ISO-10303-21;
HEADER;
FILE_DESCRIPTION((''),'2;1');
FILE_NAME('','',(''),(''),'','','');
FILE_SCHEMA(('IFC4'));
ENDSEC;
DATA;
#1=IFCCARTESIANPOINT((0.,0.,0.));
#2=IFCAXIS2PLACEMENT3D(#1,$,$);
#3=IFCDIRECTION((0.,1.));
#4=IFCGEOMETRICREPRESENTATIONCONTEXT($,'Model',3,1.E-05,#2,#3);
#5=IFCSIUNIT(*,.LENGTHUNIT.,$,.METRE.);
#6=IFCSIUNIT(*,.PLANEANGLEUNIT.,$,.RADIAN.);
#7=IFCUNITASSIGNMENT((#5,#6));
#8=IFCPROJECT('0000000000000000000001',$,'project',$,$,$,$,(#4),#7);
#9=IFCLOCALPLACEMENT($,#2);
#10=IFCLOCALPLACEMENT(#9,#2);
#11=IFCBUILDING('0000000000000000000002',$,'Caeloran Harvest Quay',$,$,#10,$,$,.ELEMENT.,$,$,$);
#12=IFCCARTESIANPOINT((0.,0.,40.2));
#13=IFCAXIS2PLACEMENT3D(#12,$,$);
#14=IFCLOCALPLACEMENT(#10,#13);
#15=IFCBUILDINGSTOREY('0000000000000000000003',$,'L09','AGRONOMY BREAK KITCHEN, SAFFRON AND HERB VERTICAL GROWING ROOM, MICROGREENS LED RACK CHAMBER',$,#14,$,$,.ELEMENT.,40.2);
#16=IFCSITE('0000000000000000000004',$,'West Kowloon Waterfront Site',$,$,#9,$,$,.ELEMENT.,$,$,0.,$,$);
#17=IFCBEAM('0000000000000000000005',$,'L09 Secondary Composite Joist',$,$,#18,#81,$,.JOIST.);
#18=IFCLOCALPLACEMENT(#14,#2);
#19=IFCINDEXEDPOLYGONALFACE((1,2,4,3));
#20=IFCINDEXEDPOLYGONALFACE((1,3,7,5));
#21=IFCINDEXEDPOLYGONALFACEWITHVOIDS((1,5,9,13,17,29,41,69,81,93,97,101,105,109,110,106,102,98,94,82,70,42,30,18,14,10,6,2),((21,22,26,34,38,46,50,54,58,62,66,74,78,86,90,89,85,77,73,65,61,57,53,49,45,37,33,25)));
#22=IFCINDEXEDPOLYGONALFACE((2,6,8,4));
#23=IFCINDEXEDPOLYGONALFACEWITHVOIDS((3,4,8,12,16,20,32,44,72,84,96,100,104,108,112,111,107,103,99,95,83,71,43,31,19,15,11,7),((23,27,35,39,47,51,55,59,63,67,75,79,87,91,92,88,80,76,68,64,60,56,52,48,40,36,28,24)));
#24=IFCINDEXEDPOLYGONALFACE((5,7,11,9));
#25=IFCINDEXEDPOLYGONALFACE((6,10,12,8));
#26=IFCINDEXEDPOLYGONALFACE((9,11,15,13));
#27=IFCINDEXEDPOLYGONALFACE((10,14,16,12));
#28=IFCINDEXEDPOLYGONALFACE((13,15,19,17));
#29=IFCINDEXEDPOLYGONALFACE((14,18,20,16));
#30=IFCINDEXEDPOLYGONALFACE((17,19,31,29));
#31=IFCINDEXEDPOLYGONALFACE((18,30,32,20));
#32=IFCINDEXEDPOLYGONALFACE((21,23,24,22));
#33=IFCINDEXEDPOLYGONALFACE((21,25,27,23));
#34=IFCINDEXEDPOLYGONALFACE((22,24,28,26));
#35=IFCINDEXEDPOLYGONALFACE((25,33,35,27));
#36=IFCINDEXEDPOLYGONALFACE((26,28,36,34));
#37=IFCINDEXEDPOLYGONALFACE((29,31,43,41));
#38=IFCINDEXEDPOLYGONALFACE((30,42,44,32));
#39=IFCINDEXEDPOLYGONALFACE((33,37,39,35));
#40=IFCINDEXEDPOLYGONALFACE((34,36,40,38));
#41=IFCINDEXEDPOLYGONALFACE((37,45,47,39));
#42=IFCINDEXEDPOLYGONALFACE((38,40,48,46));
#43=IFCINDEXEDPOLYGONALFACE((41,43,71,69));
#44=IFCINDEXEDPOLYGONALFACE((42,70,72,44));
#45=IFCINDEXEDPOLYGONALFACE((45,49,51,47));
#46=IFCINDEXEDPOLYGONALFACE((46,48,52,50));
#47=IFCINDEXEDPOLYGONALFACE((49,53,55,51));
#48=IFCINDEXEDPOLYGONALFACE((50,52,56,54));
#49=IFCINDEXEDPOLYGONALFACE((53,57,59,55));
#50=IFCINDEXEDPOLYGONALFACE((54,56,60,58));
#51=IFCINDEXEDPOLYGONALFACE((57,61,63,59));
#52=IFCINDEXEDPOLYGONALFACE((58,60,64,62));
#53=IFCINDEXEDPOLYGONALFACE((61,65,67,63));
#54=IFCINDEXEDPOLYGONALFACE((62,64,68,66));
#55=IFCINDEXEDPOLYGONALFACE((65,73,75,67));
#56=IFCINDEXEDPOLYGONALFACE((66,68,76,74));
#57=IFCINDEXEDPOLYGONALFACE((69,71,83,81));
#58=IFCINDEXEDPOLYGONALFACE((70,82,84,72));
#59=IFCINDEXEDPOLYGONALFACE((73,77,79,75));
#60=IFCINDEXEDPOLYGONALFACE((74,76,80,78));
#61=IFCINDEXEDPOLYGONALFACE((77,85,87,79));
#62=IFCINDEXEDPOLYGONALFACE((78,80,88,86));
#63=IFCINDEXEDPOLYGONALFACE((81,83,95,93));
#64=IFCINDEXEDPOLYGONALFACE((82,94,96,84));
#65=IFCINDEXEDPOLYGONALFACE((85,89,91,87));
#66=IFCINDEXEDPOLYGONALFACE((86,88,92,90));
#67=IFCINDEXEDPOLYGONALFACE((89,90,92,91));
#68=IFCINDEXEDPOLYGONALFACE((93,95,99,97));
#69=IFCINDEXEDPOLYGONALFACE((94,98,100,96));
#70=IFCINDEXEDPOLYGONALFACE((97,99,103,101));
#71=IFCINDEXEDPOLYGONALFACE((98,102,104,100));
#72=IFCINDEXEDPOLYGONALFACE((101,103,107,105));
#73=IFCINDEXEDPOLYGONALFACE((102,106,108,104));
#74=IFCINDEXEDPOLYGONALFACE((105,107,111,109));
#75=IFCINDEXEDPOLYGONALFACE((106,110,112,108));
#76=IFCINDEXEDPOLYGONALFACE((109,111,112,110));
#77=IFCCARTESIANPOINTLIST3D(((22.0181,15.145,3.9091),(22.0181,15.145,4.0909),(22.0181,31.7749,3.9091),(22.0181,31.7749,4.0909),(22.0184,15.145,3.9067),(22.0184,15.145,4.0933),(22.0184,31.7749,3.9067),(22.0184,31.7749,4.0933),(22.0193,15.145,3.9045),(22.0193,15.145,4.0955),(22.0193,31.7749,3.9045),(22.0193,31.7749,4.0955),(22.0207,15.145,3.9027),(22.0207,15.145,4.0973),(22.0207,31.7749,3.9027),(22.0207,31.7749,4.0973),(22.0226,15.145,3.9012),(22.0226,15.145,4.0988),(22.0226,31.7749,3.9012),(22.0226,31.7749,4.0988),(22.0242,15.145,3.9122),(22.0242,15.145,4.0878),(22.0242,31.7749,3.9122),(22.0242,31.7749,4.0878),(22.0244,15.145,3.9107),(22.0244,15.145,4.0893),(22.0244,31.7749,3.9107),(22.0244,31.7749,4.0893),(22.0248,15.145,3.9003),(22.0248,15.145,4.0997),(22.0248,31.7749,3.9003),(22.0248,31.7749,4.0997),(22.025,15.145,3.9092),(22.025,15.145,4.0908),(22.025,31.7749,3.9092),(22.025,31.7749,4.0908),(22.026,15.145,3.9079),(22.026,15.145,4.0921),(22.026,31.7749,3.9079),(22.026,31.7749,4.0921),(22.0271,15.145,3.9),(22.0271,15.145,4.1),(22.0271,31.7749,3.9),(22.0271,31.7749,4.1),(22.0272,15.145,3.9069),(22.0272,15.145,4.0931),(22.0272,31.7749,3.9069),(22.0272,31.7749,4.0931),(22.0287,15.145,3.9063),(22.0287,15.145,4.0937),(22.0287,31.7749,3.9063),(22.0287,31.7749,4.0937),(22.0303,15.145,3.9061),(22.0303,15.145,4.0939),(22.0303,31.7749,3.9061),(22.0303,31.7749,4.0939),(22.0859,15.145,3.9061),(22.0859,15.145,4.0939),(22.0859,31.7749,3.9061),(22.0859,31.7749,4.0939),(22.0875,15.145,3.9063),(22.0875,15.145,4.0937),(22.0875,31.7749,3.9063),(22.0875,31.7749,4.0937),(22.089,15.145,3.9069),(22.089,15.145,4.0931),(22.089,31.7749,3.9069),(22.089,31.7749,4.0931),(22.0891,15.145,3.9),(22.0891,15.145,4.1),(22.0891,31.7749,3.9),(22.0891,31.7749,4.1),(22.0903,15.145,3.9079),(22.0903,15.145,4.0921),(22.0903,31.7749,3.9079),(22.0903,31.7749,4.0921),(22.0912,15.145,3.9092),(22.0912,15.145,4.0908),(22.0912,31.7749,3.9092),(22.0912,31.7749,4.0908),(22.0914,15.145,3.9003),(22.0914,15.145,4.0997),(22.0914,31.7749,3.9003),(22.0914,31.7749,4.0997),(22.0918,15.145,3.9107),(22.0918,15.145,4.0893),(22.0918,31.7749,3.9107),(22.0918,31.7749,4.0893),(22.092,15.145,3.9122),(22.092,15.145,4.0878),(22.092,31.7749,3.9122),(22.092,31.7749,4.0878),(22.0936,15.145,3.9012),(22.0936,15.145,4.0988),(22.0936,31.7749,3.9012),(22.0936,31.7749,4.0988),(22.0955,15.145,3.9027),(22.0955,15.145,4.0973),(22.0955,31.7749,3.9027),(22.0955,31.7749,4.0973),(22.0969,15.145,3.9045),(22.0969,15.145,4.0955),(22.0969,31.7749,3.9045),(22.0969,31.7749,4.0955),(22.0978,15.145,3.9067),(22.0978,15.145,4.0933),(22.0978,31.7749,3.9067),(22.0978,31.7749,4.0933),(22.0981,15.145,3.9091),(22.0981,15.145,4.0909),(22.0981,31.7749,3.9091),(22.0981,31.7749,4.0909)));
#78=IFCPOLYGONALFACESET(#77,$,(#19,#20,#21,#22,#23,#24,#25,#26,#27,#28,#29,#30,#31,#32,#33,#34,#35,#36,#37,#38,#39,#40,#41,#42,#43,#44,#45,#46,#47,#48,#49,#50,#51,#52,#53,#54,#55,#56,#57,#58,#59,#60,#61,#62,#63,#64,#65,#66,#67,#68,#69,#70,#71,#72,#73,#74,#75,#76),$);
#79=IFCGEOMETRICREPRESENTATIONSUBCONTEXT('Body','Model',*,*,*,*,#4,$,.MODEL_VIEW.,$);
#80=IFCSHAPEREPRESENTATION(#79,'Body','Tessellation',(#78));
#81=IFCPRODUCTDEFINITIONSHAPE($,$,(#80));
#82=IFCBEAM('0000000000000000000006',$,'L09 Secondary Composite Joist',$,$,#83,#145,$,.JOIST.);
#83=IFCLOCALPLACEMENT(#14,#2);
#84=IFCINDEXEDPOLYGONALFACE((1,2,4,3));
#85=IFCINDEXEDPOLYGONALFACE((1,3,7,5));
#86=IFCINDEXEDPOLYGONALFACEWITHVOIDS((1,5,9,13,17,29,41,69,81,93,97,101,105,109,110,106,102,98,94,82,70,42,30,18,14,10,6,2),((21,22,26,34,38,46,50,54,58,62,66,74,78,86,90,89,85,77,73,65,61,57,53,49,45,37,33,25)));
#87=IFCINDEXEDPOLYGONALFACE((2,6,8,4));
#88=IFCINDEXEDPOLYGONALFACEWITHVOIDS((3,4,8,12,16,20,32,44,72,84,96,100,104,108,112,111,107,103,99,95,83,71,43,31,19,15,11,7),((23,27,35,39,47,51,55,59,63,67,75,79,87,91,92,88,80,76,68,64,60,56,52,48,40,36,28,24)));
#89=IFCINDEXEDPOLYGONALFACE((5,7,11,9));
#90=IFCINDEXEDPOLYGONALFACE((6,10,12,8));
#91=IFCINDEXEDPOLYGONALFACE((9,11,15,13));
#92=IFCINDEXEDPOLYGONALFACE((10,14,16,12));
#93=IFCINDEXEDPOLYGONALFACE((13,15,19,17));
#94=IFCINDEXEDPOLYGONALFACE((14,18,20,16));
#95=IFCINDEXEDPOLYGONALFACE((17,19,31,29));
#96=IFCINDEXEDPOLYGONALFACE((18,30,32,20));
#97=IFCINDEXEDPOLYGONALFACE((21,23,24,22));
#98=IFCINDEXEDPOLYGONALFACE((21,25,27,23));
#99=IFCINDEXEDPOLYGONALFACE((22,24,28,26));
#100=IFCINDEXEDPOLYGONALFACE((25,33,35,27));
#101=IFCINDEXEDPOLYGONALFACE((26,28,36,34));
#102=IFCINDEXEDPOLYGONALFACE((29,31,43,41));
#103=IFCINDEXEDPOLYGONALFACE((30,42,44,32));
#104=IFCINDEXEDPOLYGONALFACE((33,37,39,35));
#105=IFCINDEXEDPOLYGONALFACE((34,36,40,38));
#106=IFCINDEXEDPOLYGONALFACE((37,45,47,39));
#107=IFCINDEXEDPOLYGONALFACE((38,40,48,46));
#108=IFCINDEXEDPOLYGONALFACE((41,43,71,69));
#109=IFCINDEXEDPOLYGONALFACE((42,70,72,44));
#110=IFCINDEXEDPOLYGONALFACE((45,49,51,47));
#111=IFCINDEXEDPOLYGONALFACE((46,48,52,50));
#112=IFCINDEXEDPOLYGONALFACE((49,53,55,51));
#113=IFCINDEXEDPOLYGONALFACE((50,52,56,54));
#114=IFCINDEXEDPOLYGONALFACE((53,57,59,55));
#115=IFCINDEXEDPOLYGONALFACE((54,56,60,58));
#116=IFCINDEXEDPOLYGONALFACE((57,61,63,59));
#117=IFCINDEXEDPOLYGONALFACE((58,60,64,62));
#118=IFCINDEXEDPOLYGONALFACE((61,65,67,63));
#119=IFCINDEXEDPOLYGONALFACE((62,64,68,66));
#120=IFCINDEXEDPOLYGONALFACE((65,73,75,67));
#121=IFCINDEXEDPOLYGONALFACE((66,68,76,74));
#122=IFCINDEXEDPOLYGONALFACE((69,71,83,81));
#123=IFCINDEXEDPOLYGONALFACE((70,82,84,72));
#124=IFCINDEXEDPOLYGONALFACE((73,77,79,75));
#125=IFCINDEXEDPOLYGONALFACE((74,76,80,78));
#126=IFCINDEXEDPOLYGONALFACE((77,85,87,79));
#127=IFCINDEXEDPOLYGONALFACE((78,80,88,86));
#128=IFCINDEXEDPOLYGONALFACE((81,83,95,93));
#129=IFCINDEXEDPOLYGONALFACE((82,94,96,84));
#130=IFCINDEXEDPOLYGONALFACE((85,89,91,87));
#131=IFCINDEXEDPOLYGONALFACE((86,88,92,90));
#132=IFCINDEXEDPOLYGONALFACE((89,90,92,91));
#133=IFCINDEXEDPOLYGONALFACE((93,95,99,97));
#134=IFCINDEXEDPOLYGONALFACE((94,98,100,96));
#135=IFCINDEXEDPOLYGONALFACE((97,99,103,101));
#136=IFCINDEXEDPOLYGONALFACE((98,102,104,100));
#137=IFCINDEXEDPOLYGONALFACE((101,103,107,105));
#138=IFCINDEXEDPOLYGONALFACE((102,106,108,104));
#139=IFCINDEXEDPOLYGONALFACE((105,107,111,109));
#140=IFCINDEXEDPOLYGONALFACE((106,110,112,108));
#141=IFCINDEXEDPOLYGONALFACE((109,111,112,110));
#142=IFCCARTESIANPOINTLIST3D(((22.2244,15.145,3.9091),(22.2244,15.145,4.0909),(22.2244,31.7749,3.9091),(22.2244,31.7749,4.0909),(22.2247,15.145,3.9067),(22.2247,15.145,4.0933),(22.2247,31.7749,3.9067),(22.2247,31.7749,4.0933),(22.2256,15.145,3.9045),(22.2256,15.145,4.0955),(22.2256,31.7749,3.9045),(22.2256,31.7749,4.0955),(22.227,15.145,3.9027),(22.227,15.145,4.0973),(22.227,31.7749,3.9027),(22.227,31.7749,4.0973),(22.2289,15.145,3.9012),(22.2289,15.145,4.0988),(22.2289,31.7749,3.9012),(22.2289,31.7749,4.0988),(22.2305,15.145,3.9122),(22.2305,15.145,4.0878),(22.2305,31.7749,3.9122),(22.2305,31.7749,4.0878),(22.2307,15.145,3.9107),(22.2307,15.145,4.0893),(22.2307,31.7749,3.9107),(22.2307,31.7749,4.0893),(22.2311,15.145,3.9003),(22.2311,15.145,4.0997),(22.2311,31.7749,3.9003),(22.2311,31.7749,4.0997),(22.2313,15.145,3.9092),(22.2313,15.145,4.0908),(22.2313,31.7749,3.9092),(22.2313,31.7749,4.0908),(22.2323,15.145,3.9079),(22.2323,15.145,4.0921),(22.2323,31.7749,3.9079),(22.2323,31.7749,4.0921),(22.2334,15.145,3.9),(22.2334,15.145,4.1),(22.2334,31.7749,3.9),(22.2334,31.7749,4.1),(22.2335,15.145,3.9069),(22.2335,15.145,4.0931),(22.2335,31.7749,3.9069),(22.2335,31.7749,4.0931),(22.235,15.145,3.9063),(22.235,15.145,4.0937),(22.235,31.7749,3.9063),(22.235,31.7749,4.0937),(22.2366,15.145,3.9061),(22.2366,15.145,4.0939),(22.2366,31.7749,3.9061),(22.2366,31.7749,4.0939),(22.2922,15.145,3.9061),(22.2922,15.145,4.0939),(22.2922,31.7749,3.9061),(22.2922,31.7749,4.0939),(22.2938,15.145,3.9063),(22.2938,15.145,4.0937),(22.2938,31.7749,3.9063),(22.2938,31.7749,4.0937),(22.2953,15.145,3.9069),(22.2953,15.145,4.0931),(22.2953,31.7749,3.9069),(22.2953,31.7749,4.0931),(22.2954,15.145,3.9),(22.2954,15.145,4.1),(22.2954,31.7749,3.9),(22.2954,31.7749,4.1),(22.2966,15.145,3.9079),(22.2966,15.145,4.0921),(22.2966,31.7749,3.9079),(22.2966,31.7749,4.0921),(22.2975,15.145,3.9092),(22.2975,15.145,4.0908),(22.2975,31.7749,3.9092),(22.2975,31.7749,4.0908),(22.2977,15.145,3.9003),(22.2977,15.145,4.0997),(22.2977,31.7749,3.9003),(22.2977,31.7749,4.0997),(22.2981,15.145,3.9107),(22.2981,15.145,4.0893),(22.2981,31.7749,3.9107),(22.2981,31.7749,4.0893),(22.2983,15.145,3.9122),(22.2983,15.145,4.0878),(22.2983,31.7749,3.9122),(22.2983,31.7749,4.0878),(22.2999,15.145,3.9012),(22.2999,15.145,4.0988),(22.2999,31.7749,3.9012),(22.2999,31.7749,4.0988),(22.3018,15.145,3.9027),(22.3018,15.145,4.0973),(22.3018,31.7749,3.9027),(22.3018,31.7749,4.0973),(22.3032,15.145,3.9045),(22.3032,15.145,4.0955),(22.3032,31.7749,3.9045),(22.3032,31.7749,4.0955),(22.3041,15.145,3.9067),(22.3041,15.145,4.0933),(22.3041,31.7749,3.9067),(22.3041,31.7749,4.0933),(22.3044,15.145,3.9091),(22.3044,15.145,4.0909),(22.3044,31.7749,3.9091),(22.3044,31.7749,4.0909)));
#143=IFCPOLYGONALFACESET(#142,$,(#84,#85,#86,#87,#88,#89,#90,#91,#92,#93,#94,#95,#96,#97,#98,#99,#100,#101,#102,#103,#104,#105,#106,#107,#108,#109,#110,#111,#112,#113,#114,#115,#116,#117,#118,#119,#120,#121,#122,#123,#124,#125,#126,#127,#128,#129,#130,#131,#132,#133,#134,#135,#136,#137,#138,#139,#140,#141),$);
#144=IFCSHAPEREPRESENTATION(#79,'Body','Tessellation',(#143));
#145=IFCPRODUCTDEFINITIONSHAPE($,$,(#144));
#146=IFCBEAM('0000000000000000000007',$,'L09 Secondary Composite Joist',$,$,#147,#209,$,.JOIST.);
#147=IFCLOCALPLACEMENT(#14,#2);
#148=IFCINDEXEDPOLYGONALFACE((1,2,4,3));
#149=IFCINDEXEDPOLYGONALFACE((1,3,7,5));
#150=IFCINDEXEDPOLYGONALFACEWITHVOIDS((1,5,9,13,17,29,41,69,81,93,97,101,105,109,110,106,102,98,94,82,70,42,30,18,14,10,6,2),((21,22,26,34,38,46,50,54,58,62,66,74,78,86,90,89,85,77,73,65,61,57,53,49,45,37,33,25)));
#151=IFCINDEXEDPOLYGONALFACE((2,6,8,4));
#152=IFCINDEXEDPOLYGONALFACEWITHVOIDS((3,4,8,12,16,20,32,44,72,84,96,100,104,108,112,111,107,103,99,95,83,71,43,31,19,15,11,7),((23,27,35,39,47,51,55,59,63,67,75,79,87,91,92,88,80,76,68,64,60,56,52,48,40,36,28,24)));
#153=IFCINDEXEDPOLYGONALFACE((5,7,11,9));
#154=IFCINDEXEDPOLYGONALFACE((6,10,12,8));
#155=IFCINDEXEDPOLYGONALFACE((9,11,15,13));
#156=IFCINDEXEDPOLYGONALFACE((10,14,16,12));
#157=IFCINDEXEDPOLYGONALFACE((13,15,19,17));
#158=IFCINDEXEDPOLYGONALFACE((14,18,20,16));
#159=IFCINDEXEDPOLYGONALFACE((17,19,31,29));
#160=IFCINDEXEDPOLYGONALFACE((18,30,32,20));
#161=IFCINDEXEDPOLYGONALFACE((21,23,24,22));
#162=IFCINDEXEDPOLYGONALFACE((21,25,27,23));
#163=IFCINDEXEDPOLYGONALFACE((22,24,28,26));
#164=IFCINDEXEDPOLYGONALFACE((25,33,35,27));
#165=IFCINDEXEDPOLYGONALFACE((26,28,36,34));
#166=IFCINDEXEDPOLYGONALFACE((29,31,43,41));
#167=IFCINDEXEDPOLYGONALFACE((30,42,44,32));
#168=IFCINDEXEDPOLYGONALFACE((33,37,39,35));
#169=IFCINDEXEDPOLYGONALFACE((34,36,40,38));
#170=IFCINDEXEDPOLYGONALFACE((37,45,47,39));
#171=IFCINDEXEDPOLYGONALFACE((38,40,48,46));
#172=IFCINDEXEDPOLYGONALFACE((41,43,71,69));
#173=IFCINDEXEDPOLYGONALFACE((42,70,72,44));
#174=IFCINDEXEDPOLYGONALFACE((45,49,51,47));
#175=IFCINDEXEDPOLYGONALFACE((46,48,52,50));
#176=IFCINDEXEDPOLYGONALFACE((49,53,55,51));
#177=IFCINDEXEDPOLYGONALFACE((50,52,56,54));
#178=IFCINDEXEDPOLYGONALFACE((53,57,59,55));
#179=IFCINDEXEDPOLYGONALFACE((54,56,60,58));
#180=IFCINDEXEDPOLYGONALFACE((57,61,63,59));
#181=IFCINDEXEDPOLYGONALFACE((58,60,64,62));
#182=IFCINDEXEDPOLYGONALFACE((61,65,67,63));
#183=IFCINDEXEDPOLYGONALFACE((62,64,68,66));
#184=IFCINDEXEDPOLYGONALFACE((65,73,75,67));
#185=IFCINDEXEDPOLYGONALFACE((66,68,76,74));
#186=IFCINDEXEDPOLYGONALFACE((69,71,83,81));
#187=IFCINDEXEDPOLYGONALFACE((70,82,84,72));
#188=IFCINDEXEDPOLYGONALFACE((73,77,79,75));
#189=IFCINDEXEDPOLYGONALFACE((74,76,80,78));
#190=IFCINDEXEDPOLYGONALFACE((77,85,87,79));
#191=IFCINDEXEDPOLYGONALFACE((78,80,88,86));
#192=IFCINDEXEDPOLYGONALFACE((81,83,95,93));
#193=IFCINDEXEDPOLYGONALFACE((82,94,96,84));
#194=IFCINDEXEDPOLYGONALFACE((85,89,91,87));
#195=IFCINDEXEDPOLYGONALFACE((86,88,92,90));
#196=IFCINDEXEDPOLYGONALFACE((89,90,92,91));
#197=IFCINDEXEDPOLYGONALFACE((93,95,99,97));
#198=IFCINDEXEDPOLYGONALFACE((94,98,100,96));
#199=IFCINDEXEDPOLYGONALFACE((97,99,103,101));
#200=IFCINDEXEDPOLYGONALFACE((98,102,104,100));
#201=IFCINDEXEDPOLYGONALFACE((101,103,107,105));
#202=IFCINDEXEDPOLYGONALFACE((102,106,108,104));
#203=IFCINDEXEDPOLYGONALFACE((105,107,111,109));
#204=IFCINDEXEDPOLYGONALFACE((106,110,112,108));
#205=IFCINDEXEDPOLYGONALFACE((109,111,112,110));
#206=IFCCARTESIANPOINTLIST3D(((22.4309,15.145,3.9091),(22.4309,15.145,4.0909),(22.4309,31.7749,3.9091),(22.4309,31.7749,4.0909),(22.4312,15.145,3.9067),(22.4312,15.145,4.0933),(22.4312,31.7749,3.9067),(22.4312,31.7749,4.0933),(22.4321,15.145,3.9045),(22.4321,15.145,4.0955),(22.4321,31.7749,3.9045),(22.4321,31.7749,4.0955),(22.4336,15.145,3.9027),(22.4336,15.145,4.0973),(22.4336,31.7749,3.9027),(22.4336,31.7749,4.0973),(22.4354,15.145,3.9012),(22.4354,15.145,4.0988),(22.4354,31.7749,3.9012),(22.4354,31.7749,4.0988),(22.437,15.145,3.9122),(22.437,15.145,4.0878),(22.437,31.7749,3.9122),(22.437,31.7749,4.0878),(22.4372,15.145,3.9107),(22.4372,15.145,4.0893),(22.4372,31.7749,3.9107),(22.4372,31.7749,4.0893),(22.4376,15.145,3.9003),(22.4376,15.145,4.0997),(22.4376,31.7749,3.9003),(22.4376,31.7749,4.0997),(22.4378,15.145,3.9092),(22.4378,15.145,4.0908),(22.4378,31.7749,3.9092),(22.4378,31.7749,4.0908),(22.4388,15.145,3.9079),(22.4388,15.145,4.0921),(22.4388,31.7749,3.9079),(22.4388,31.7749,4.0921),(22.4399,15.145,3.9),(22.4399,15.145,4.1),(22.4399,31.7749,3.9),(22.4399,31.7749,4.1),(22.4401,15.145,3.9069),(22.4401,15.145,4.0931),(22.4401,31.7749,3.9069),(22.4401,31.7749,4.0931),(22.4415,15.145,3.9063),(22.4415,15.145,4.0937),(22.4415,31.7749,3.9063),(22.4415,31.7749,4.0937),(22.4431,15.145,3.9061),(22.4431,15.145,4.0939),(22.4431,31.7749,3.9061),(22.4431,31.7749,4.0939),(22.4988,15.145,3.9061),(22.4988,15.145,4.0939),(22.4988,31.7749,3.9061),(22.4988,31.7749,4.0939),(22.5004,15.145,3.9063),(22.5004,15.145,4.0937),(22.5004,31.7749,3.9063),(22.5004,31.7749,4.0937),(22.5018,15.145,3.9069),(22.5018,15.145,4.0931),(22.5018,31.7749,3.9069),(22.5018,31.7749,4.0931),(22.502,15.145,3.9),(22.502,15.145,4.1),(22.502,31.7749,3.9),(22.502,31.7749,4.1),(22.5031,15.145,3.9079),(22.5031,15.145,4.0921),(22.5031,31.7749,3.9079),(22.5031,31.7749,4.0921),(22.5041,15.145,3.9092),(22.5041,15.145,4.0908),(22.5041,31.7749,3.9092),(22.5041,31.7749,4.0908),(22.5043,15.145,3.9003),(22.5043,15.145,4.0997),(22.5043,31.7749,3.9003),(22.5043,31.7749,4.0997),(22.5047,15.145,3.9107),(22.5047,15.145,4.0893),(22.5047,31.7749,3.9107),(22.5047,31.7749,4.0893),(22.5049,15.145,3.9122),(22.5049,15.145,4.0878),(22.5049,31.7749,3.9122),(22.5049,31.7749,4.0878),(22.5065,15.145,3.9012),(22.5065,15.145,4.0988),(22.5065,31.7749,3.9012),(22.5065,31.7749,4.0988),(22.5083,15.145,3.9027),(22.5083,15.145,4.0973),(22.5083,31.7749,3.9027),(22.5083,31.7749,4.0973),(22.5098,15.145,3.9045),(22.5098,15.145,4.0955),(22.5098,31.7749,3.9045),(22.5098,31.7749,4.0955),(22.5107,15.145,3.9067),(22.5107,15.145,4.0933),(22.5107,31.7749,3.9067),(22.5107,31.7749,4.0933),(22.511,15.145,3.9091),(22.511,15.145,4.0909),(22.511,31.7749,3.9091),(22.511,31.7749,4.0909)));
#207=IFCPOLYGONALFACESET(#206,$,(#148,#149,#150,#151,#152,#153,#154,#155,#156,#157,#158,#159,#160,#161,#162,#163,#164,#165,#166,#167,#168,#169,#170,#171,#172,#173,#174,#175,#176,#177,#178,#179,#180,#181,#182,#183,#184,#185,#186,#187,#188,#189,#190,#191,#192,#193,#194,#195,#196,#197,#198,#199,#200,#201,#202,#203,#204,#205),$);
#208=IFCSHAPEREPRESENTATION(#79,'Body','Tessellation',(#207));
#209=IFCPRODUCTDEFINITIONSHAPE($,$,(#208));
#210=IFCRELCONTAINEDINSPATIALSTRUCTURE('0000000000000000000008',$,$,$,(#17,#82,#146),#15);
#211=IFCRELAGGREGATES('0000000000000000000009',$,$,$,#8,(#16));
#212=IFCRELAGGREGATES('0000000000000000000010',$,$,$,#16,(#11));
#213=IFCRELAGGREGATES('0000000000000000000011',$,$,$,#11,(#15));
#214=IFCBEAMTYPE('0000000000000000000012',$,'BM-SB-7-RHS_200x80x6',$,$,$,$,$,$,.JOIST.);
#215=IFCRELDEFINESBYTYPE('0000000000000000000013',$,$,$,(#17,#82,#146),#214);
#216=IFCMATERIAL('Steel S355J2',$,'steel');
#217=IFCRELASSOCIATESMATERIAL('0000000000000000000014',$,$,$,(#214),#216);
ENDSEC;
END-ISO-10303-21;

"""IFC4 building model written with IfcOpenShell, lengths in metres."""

from ifc_helpers import new_model, si_unit, direction, frame, origin, origin_2d, place, context, subcontext, project, spatial, hollow_rectangle, extrude, material, material_profile, profile_set, type_object, element, save


model = new_model("IFC4")

# Units and contexts
model_context = context("Model", 3, precision=1e-05, world=origin(), true_north=direction((0.0, 1.0)))
body_context = subcontext(model_context, "Body", "Model", "MODEL_VIEW")
ifc_project = project(units=[si_unit("LENGTHUNIT", "METRE"), si_unit("PLANEANGLEUNIT", "RADIAN")], contexts=[model_context])

# Site, building, storey
site_placement = place(None, origin())
site = spatial("IfcSite", under=ifc_project, at=site_placement, Name="West Kowloon Waterfront Site", CompositionType="ELEMENT", RefElevation=0.0)
building_placement = place(site_placement, origin())
building = spatial("IfcBuilding", under=site, at=building_placement, Name="Caeloran Harvest Quay", CompositionType="ELEMENT")
storey_placement = place(building_placement, frame((0.0, 0.0, 40.2)))
storey = spatial("IfcBuildingStorey", under=building, at=storey_placement, Name="L09", Description="AGRONOMY BREAK KITCHEN, SAFFRON AND HERB VERTICAL GROWING ROOM, MICROGREENS LED RACK CHAMBER", CompositionType="ELEMENT", Elevation=40.2)

# Beams
ifc_material_1 = material(Name="Steel S355J2", Category="steel")
ifc_material_profile_1 = material_profile(ifc_material_1, hollow_rectangle(XDim=0.0801, YDim=0.2, WallThickness=0.0061, InnerFilletRadius=0.0061, OuterFilletRadius=0.009, at=origin_2d()), Name="RHS 200x80x6")
ifc_profile_set_1 = profile_set([ifc_material_profile_1], Name="Steel S355J2")
beam_type_1 = type_object("IfcBeamType", Name="BM-SB-7-RHS_200x80x6", PredefinedType="JOIST", material=ifc_profile_set_1)
for number, where, z_axis, x_axis, name in (
    (1, (22.0581, 15.145, 4.0), (0.0, 1.0, 0.0), (-1.0, 0.0, 0.0), "L09 Secondary Composite Joist"),
    (2, (22.2644, 15.145, 4.0), (0.0, 1.0, 0.0), (-1.0, 0.0, 0.0), "L09 Secondary Composite Joist"),
    (3, (22.4709, 15.145, 4.0), (0.0, 1.0, 0.0), (-1.0, 0.0, 0.0), "L09 Secondary Composite Joist"),
):
    element("IfcBeam", number, at=place(storey_placement, frame(where, z_axis=z_axis, x_axis=x_axis)), inside=storey, type_object=beam_type_1, Name=name, PredefinedType="JOIST", context=body_context, shape_type="SweptSolid", body=[
        extrude(hollow_rectangle(XDim=0.0801, YDim=0.2, WallThickness=0.0061, InnerFilletRadius=0.0061, OuterFilletRadius=0.009, at=origin_2d()), origin(), (0.0, 0.0, 1.0), 16.6299),
    ])

save(model, "model.ifc")
